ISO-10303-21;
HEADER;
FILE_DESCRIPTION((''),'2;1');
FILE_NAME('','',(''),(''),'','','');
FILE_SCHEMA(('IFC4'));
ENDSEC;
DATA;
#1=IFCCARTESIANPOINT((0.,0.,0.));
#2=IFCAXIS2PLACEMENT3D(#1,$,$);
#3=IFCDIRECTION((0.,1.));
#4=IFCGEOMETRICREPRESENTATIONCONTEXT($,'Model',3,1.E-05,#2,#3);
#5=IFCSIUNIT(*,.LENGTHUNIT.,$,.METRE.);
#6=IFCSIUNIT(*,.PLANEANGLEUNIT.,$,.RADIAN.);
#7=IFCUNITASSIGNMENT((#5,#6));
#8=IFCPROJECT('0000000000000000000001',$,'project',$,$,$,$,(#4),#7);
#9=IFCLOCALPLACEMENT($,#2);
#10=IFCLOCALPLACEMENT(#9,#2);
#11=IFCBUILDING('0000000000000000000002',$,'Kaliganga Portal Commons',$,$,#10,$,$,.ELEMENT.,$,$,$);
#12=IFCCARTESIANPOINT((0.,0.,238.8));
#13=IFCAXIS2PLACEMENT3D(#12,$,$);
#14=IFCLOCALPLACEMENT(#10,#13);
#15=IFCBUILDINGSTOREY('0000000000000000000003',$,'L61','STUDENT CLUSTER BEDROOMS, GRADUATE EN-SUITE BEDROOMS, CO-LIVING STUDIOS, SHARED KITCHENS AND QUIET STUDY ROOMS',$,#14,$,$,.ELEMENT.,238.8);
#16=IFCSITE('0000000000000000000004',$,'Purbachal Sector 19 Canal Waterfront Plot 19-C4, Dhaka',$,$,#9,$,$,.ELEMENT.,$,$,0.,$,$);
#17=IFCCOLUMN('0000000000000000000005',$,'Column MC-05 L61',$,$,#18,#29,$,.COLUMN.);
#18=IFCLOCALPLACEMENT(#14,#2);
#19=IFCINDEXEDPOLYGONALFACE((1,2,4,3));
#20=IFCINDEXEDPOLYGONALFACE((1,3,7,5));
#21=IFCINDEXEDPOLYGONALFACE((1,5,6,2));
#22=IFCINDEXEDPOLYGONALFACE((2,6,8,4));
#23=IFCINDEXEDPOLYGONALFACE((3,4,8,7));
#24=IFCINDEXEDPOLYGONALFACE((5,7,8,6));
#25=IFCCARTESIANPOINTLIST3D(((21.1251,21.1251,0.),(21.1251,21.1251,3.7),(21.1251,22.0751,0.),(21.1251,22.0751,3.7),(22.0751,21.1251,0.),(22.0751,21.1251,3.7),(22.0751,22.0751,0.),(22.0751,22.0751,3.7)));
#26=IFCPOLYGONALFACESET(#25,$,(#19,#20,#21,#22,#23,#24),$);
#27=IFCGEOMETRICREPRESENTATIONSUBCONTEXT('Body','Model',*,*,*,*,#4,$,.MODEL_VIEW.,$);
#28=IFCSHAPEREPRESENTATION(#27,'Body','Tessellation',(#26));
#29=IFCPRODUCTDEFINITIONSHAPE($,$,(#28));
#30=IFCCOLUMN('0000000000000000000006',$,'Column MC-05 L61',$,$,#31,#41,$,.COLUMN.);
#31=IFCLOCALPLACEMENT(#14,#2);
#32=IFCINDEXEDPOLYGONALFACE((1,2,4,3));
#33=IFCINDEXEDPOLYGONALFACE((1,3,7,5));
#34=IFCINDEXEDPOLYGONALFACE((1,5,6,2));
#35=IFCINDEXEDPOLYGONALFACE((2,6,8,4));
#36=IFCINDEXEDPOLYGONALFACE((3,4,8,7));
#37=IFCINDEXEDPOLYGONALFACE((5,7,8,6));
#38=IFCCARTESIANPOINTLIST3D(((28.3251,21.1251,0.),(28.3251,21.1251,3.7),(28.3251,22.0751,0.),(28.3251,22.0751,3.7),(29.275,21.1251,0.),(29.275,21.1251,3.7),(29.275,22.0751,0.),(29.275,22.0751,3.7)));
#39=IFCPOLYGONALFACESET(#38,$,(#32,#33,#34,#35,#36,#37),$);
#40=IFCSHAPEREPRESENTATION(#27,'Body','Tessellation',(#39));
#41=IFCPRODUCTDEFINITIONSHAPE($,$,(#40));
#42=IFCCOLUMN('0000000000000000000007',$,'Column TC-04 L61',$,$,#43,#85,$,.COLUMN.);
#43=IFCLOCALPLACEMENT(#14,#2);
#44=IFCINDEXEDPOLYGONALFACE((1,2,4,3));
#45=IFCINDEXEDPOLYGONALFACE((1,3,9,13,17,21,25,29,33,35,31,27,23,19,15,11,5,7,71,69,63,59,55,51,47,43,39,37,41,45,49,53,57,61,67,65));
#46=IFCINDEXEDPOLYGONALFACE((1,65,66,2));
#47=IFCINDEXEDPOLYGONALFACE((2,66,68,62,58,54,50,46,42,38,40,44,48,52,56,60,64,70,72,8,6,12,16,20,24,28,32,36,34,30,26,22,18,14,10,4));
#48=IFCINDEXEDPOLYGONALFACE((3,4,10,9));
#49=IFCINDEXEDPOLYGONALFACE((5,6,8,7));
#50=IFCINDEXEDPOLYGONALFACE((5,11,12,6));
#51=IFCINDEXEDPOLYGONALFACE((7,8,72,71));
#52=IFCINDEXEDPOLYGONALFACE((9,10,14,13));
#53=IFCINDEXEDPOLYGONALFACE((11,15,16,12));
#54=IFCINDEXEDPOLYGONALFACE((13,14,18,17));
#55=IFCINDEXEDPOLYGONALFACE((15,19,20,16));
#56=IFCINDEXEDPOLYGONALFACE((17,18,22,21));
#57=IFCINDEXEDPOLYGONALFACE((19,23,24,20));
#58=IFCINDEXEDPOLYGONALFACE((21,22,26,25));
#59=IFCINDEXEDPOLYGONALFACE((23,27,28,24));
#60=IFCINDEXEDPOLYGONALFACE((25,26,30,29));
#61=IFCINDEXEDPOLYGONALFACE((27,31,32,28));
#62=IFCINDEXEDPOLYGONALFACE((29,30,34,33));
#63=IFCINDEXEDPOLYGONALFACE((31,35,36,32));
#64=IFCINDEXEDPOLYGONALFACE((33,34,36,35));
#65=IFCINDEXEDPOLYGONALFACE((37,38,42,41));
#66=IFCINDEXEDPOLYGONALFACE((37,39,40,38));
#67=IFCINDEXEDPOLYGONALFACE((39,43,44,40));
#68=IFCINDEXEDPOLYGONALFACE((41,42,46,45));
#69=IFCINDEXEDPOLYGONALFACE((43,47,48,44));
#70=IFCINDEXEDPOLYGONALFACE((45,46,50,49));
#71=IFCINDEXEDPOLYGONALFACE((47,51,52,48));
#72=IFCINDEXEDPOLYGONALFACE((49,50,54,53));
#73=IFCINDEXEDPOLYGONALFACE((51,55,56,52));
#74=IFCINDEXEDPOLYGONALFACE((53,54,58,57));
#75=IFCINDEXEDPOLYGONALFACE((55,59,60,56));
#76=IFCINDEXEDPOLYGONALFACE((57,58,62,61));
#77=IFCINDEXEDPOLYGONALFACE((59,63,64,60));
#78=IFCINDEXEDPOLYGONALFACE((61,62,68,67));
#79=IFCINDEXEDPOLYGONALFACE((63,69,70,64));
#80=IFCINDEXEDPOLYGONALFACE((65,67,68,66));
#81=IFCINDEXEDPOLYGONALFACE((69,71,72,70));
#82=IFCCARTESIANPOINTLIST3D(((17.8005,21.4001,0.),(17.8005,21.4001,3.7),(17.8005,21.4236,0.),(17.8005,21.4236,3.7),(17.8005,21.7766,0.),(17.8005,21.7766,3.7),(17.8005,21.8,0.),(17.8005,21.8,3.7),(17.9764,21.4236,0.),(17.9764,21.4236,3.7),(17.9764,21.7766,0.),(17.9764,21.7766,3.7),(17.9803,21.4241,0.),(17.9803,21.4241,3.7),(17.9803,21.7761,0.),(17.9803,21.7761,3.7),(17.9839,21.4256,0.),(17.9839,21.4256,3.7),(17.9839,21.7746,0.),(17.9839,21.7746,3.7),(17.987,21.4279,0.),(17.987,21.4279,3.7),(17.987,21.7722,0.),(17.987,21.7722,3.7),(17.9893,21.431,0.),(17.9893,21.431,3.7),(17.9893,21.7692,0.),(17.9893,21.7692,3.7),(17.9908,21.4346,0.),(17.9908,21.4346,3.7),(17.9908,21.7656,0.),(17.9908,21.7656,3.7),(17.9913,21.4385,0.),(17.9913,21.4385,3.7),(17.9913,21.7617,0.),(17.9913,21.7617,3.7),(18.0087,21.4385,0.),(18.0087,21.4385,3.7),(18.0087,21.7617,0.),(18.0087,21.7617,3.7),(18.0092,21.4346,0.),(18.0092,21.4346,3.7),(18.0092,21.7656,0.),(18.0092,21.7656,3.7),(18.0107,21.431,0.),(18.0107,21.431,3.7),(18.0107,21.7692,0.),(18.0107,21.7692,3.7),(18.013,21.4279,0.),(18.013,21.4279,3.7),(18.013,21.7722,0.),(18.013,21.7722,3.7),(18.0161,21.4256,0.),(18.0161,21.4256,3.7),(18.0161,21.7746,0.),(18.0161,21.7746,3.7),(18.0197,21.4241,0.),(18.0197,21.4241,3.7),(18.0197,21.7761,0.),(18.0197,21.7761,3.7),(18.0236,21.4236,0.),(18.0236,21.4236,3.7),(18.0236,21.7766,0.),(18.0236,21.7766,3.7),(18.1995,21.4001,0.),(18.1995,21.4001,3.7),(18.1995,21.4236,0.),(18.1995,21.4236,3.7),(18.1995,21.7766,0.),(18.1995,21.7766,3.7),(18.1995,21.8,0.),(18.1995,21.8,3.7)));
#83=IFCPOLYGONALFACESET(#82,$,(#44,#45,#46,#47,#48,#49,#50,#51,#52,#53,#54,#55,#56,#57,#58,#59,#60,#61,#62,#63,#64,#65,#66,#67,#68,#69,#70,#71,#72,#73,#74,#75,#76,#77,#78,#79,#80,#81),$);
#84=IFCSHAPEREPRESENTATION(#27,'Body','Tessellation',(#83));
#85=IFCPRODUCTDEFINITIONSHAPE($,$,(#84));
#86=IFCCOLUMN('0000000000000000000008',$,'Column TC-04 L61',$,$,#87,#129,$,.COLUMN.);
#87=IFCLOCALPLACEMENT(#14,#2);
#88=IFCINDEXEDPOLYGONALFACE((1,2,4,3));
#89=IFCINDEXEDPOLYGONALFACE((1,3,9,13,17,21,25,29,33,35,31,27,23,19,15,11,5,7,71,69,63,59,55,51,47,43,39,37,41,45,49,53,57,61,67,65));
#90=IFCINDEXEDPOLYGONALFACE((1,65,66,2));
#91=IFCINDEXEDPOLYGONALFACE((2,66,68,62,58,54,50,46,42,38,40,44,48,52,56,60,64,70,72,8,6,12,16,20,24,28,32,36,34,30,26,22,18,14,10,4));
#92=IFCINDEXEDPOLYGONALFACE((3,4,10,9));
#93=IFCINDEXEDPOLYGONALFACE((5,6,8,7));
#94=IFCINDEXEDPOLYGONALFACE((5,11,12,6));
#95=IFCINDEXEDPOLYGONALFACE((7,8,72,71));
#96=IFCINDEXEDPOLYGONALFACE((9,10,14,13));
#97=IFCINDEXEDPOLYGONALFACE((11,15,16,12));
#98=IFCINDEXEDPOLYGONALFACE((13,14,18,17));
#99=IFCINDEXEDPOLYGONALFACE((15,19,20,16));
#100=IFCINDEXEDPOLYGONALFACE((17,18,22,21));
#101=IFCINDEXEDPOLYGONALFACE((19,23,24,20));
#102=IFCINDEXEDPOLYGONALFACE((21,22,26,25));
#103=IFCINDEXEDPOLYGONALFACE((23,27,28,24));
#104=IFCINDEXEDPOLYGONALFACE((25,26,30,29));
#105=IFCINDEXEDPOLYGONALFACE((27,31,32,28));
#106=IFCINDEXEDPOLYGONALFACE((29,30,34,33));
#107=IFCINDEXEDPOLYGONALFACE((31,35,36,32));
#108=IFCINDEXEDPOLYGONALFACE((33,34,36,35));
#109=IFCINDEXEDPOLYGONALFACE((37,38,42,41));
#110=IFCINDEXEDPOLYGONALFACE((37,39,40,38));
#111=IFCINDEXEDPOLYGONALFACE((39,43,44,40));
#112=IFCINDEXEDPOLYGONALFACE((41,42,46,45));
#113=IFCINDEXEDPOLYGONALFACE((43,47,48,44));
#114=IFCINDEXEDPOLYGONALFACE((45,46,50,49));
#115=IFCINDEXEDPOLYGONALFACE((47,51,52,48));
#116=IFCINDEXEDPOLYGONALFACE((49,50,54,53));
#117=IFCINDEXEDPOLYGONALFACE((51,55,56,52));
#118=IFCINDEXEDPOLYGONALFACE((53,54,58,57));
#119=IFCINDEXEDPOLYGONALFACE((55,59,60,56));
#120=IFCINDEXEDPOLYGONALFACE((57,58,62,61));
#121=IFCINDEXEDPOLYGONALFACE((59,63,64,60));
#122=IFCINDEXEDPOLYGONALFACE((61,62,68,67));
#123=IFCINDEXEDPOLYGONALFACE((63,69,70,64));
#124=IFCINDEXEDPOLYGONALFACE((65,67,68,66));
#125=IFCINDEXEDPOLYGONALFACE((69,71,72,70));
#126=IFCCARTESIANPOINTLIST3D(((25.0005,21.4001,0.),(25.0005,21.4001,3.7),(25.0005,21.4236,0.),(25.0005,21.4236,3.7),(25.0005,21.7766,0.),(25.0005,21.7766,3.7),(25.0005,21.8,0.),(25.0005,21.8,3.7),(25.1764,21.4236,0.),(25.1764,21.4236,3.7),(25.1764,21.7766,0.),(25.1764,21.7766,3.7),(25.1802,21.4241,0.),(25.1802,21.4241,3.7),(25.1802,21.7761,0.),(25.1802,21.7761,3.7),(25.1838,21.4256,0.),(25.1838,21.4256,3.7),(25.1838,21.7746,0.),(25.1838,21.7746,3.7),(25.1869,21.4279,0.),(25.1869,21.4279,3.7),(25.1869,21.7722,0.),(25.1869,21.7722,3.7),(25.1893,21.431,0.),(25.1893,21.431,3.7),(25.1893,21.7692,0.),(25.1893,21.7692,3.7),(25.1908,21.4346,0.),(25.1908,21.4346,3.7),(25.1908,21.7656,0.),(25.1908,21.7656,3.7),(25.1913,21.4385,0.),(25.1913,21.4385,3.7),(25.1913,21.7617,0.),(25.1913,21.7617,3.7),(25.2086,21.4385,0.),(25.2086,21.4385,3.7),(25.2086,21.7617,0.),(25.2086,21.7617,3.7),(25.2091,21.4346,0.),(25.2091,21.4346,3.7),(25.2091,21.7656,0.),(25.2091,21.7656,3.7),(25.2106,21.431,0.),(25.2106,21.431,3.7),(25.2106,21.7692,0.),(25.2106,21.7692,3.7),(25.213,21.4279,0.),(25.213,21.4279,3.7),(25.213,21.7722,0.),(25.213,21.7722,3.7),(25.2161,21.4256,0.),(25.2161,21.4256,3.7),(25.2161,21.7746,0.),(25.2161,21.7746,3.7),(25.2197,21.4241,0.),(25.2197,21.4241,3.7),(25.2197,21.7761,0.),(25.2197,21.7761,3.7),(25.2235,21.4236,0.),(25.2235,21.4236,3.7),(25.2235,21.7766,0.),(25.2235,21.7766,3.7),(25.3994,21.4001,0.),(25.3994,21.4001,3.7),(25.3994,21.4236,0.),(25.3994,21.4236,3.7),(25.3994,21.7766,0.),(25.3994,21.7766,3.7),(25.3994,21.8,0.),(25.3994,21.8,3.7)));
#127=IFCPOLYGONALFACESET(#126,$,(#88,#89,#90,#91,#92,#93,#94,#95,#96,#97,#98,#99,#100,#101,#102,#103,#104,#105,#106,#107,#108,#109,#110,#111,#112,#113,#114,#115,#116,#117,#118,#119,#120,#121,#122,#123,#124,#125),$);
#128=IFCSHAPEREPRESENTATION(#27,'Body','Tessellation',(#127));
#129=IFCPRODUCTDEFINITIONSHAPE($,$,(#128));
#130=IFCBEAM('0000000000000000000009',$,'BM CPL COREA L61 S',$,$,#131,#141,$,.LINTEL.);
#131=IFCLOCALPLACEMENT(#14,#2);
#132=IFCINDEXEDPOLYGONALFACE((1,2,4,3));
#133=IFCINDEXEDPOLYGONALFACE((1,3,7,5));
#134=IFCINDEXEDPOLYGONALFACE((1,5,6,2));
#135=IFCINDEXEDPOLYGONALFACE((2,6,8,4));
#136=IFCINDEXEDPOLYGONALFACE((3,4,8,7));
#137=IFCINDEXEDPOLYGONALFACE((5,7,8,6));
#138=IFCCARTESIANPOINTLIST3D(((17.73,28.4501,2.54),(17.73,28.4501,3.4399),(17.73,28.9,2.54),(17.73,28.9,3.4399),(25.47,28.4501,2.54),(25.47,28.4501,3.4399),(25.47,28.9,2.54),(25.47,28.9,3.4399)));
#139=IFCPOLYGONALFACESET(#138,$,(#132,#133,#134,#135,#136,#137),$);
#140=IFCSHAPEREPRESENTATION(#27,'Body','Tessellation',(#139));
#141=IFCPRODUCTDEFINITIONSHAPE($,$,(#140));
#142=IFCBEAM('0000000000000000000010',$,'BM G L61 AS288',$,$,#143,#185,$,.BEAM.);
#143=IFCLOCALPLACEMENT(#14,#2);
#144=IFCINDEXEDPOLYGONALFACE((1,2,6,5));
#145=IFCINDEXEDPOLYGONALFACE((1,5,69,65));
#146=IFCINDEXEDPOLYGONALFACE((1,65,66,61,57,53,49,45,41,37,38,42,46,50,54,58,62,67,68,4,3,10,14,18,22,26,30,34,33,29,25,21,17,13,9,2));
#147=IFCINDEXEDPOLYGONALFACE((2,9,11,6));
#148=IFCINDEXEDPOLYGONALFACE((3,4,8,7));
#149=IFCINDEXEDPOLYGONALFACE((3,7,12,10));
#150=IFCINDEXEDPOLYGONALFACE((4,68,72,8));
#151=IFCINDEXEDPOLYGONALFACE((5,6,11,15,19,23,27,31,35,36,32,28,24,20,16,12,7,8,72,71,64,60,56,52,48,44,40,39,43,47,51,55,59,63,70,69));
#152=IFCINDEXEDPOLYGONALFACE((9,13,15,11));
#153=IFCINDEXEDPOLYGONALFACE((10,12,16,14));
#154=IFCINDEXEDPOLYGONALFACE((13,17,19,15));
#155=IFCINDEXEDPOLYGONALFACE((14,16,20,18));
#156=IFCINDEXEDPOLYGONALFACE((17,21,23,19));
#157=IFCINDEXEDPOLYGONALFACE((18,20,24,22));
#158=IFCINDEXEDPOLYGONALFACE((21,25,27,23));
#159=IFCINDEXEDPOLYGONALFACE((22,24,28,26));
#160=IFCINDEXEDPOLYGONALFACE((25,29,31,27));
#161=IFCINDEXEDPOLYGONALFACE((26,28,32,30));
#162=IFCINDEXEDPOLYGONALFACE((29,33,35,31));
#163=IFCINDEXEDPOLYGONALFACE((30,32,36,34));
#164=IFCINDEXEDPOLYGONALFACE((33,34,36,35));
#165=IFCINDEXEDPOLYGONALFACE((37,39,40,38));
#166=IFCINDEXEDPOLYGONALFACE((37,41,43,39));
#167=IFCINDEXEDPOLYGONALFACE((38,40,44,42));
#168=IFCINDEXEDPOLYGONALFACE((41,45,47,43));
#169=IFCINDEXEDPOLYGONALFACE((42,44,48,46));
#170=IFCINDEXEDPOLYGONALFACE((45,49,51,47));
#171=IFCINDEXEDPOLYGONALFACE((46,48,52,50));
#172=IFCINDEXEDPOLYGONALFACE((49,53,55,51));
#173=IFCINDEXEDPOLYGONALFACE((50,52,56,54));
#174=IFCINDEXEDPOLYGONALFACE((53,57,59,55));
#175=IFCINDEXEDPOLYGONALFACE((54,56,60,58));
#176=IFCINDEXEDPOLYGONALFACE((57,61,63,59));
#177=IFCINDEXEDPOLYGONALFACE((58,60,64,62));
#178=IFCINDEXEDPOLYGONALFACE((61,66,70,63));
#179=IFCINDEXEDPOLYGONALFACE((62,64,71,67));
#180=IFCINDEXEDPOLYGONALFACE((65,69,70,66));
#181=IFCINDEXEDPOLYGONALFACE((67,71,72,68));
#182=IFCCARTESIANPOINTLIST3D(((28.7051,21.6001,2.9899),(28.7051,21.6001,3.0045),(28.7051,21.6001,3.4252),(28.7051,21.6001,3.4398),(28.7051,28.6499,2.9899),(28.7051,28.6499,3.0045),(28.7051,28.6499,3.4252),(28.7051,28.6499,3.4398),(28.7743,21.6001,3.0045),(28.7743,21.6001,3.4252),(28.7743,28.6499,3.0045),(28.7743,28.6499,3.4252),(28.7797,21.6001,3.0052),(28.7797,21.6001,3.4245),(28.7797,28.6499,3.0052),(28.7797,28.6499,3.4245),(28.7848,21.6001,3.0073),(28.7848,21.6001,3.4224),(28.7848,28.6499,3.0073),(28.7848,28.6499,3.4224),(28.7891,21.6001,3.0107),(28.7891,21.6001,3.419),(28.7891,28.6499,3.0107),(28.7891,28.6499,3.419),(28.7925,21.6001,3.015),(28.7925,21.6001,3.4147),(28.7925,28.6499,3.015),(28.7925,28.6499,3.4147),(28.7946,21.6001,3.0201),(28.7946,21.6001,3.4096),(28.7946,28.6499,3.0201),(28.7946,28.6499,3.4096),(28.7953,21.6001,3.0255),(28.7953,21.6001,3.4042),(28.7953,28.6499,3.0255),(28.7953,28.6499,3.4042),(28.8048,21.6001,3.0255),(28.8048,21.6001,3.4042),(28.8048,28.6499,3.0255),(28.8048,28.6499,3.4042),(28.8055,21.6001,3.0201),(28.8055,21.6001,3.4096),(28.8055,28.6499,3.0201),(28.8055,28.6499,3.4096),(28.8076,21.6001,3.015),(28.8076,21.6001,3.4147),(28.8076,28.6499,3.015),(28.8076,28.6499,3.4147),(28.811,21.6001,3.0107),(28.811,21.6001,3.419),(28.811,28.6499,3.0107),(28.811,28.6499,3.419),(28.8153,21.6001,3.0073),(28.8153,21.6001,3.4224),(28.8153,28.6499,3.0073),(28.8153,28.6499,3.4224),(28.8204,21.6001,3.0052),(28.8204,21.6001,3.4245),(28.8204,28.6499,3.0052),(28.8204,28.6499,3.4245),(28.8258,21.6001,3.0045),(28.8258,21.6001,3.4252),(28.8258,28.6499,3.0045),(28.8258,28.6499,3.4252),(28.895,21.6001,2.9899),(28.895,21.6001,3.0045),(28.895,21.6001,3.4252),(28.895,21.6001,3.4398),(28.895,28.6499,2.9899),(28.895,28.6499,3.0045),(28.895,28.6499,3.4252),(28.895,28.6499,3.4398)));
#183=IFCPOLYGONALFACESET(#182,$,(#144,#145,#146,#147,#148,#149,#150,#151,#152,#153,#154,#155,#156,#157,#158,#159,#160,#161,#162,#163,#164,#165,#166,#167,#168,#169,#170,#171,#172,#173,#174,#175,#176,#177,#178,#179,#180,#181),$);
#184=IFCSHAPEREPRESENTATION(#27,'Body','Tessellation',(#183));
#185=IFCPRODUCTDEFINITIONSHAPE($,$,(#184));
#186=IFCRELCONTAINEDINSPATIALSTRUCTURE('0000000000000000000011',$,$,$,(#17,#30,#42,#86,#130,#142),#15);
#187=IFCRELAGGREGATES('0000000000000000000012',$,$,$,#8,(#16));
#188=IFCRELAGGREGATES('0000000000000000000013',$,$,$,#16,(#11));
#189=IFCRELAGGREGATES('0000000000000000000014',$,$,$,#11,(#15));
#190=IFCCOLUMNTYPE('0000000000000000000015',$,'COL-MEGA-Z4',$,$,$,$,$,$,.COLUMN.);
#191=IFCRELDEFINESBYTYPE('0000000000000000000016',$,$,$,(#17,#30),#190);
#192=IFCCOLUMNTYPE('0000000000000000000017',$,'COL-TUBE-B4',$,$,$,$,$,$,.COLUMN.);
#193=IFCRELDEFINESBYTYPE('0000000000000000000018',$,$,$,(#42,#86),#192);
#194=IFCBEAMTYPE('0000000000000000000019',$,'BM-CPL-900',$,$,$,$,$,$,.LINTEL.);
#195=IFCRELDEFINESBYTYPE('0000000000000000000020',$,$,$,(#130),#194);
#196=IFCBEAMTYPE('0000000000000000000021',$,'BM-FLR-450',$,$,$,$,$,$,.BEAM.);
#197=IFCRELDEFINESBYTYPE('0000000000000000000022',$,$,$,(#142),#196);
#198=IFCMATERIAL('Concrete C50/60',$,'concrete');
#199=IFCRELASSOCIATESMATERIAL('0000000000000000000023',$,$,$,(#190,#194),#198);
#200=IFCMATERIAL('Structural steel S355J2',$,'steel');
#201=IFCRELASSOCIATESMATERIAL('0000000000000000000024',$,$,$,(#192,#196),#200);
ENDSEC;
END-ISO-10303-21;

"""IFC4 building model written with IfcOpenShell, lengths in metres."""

from ifc_helpers import new_model, si_unit, direction, frame, origin, origin_2d, place, context, subcontext, project, spatial, rectangle, i_section, extrude, source, transform, mapped, material, material_profile, profile_set, type_object, element, save


model = new_model("IFC4")

# Units and contexts
model_context = context("Model", 3, precision=1e-05, world=origin(), true_north=direction((0.0, 1.0)))
body_context = subcontext(model_context, "Body", "Model", "MODEL_VIEW")
ifc_project = project(units=[si_unit("LENGTHUNIT", "METRE"), si_unit("PLANEANGLEUNIT", "RADIAN")], contexts=[model_context])

# Site, building, storey
site_placement = place(None, origin())
site = spatial("IfcSite", under=ifc_project, at=site_placement, Name="Purbachal Sector 19 Canal Waterfront Plot 19-C4, Dhaka", CompositionType="ELEMENT", RefElevation=0.0)
building_placement = place(site_placement, origin())
building = spatial("IfcBuilding", under=site, at=building_placement, Name="Kaliganga Portal Commons", CompositionType="ELEMENT")
storey_placement = place(building_placement, frame((0.0, 0.0, 238.8)))
storey = spatial("IfcBuildingStorey", under=building, at=storey_placement, Name="L61", Description="STUDENT CLUSTER BEDROOMS, GRADUATE EN-SUITE BEDROOMS, CO-LIVING STUDIOS, SHARED KITCHENS AND QUIET STUDY ROOMS", CompositionType="ELEMENT", Elevation=238.8)

# Columns
ifc_material_1 = material(Name="Concrete C50/60", Category="concrete")
ifc_material_profile_1 = material_profile(ifc_material_1, rectangle(XDim=0.95, YDim=0.95, at=origin_2d()), Name="RC 950x950")
ifc_profile_set_1 = profile_set([ifc_material_profile_1], Name="Concrete C50/60")
column_type_1 = type_object("IfcColumnType", Name="COL-MEGA-Z4", PredefinedType="COLUMN", material=ifc_profile_set_1)
shared_shape_1 = source(origin(), body_context, "Body", "SweptSolid", [
    extrude(rectangle(XDim=0.95, YDim=0.95, at=origin_2d()), origin(), (0.0, 0.0, 1.0), 3.7),
])
for number, where, z_axis, x_axis, name in (
    (1, (21.6001, 21.6001, 0.0), (0.0, 0.0, 1.0), (1.0, 0.0, 0.0), "Column MC-05 L61"),
    (2, (28.8, 21.6001, 0.0), (0.0, 0.0, 1.0), (1.0, 0.0, 0.0), "Column MC-05 L61"),
):
    element("IfcColumn", number, at=place(storey_placement, frame(where, z_axis=z_axis, x_axis=x_axis)), inside=storey, type_object=column_type_1, Name=name, PredefinedType="COLUMN", context=body_context, shape_type="MappedRepresentation", body=[
        mapped(shared_shape_1, transform((0.0, 0.0, 0.0), x_axis=(1.0, 0.0, 0.0), y_axis=(0.0, 1.0, 0.0), z_axis=(0.0, 0.0, 1.0), scale=1.0)),
    ])
ifc_material_2 = material(Name="Structural steel S355J2", Category="steel")
ifc_material_profile_2 = material_profile(ifc_material_2, i_section(OverallWidth=0.3989, OverallDepth=0.3999, WebThickness=0.0173, FlangeThickness=0.0234, FilletRadius=0.0149, at=origin_2d()), Name="HD 400x287")
ifc_profile_set_2 = profile_set([ifc_material_profile_2], Name="Structural steel S355J2 wide-flange")
column_type_2 = type_object("IfcColumnType", Name="COL-TUBE-B4", PredefinedType="COLUMN", material=ifc_profile_set_2)
shared_shape_2 = source(origin(), body_context, "Body", "SweptSolid", [
    extrude(i_section(OverallWidth=0.3989, OverallDepth=0.3999, WebThickness=0.0173, FlangeThickness=0.0234, FilletRadius=0.0149, at=origin_2d()), origin(), (0.0, 0.0, 1.0), 3.7),
])
for number, where, z_axis, x_axis, name in (
    (3, (18.0, 21.6001, 0.0), (0.0, 0.0, 1.0), (1.0, 0.0, 0.0), "Column TC-04 L61"),
    (4, (25.2, 21.6001, 0.0), (0.0, 0.0, 1.0), (1.0, 0.0, 0.0), "Column TC-04 L61"),
):
    element("IfcColumn", number, at=place(storey_placement, frame(where, z_axis=z_axis, x_axis=x_axis)), inside=storey, type_object=column_type_2, Name=name, PredefinedType="COLUMN", context=body_context, shape_type="MappedRepresentation", body=[
        mapped(shared_shape_2, transform((0.0, 0.0, 0.0), x_axis=(1.0, 0.0, 0.0), y_axis=(0.0, 1.0, 0.0), z_axis=(0.0, 0.0, 1.0), scale=1.0)),
    ])

# Beams
ifc_material_profile_3 = material_profile(ifc_material_1, rectangle(XDim=0.45, YDim=0.8999, at=origin_2d()), Name="RC 450x900")
ifc_profile_set_3 = profile_set([ifc_material_profile_3], Name="Concrete C50/60")
beam_type_1 = type_object("IfcBeamType", Name="BM-CPL-900", PredefinedType="LINTEL", material=ifc_profile_set_3)
shared_shape_3 = source(origin(), body_context, "Body", "SweptSolid", [
    extrude(rectangle(XDim=0.45, YDim=0.8999, at=origin_2d()), origin(), (0.0, 0.0, 1.0), 7.74),
])
beam_1_placement = place(storey_placement, frame((17.73, 28.675, 2.99), z_axis=(1.0, 0.0, 0.0), x_axis=(0.0, 1.0, 0.0)))
element("IfcBeam", 5, at=beam_1_placement, inside=storey, type_object=beam_type_1, Name="BM CPL COREA L61 S", PredefinedType="LINTEL", context=body_context, shape_type="MappedRepresentation", body=[
    mapped(shared_shape_3, transform((0.0, 0.0, 0.0), x_axis=(1.0, 0.0, 0.0), y_axis=(0.0, 1.0, 0.0), z_axis=(0.0, 0.0, 1.0), scale=1.0)),
])
ifc_material_profile_4 = material_profile(ifc_material_2, i_section(OverallWidth=0.1899, OverallDepth=0.45, WebThickness=0.0095, FlangeThickness=0.0146, FilletRadius=0.021, at=origin_2d()), Name="IPE 450")
ifc_profile_set_4 = profile_set([ifc_material_profile_4], Name="Structural steel S355J2 wide-flange")
beam_type_2 = type_object("IfcBeamType", Name="BM-FLR-450", PredefinedType="BEAM", material=ifc_profile_set_4)
shared_shape_4 = source(origin(), body_context, "Body", "SweptSolid", [
    extrude(i_section(OverallWidth=0.1899, OverallDepth=0.45, WebThickness=0.0095, FlangeThickness=0.0146, FilletRadius=0.021, at=origin_2d()), origin(), (0.0, 0.0, 1.0), 7.0498),
])
beam_2_placement = place(storey_placement, frame((28.8, 21.6001, 3.2148), z_axis=(0.0, 1.0, 0.0), x_axis=(-1.0, 0.0, 0.0)))
element("IfcBeam", 6, at=beam_2_placement, inside=storey, type_object=beam_type_2, Name="BM G L61 AS288", PredefinedType="BEAM", context=body_context, shape_type="MappedRepresentation", body=[
    mapped(shared_shape_4, transform((0.0, 0.0, 0.0), x_axis=(1.0, 0.0, 0.0), y_axis=(0.0, 1.0, 0.0), z_axis=(0.0, 0.0, 1.0), scale=1.0)),
])

save(model, "model.ifc")
